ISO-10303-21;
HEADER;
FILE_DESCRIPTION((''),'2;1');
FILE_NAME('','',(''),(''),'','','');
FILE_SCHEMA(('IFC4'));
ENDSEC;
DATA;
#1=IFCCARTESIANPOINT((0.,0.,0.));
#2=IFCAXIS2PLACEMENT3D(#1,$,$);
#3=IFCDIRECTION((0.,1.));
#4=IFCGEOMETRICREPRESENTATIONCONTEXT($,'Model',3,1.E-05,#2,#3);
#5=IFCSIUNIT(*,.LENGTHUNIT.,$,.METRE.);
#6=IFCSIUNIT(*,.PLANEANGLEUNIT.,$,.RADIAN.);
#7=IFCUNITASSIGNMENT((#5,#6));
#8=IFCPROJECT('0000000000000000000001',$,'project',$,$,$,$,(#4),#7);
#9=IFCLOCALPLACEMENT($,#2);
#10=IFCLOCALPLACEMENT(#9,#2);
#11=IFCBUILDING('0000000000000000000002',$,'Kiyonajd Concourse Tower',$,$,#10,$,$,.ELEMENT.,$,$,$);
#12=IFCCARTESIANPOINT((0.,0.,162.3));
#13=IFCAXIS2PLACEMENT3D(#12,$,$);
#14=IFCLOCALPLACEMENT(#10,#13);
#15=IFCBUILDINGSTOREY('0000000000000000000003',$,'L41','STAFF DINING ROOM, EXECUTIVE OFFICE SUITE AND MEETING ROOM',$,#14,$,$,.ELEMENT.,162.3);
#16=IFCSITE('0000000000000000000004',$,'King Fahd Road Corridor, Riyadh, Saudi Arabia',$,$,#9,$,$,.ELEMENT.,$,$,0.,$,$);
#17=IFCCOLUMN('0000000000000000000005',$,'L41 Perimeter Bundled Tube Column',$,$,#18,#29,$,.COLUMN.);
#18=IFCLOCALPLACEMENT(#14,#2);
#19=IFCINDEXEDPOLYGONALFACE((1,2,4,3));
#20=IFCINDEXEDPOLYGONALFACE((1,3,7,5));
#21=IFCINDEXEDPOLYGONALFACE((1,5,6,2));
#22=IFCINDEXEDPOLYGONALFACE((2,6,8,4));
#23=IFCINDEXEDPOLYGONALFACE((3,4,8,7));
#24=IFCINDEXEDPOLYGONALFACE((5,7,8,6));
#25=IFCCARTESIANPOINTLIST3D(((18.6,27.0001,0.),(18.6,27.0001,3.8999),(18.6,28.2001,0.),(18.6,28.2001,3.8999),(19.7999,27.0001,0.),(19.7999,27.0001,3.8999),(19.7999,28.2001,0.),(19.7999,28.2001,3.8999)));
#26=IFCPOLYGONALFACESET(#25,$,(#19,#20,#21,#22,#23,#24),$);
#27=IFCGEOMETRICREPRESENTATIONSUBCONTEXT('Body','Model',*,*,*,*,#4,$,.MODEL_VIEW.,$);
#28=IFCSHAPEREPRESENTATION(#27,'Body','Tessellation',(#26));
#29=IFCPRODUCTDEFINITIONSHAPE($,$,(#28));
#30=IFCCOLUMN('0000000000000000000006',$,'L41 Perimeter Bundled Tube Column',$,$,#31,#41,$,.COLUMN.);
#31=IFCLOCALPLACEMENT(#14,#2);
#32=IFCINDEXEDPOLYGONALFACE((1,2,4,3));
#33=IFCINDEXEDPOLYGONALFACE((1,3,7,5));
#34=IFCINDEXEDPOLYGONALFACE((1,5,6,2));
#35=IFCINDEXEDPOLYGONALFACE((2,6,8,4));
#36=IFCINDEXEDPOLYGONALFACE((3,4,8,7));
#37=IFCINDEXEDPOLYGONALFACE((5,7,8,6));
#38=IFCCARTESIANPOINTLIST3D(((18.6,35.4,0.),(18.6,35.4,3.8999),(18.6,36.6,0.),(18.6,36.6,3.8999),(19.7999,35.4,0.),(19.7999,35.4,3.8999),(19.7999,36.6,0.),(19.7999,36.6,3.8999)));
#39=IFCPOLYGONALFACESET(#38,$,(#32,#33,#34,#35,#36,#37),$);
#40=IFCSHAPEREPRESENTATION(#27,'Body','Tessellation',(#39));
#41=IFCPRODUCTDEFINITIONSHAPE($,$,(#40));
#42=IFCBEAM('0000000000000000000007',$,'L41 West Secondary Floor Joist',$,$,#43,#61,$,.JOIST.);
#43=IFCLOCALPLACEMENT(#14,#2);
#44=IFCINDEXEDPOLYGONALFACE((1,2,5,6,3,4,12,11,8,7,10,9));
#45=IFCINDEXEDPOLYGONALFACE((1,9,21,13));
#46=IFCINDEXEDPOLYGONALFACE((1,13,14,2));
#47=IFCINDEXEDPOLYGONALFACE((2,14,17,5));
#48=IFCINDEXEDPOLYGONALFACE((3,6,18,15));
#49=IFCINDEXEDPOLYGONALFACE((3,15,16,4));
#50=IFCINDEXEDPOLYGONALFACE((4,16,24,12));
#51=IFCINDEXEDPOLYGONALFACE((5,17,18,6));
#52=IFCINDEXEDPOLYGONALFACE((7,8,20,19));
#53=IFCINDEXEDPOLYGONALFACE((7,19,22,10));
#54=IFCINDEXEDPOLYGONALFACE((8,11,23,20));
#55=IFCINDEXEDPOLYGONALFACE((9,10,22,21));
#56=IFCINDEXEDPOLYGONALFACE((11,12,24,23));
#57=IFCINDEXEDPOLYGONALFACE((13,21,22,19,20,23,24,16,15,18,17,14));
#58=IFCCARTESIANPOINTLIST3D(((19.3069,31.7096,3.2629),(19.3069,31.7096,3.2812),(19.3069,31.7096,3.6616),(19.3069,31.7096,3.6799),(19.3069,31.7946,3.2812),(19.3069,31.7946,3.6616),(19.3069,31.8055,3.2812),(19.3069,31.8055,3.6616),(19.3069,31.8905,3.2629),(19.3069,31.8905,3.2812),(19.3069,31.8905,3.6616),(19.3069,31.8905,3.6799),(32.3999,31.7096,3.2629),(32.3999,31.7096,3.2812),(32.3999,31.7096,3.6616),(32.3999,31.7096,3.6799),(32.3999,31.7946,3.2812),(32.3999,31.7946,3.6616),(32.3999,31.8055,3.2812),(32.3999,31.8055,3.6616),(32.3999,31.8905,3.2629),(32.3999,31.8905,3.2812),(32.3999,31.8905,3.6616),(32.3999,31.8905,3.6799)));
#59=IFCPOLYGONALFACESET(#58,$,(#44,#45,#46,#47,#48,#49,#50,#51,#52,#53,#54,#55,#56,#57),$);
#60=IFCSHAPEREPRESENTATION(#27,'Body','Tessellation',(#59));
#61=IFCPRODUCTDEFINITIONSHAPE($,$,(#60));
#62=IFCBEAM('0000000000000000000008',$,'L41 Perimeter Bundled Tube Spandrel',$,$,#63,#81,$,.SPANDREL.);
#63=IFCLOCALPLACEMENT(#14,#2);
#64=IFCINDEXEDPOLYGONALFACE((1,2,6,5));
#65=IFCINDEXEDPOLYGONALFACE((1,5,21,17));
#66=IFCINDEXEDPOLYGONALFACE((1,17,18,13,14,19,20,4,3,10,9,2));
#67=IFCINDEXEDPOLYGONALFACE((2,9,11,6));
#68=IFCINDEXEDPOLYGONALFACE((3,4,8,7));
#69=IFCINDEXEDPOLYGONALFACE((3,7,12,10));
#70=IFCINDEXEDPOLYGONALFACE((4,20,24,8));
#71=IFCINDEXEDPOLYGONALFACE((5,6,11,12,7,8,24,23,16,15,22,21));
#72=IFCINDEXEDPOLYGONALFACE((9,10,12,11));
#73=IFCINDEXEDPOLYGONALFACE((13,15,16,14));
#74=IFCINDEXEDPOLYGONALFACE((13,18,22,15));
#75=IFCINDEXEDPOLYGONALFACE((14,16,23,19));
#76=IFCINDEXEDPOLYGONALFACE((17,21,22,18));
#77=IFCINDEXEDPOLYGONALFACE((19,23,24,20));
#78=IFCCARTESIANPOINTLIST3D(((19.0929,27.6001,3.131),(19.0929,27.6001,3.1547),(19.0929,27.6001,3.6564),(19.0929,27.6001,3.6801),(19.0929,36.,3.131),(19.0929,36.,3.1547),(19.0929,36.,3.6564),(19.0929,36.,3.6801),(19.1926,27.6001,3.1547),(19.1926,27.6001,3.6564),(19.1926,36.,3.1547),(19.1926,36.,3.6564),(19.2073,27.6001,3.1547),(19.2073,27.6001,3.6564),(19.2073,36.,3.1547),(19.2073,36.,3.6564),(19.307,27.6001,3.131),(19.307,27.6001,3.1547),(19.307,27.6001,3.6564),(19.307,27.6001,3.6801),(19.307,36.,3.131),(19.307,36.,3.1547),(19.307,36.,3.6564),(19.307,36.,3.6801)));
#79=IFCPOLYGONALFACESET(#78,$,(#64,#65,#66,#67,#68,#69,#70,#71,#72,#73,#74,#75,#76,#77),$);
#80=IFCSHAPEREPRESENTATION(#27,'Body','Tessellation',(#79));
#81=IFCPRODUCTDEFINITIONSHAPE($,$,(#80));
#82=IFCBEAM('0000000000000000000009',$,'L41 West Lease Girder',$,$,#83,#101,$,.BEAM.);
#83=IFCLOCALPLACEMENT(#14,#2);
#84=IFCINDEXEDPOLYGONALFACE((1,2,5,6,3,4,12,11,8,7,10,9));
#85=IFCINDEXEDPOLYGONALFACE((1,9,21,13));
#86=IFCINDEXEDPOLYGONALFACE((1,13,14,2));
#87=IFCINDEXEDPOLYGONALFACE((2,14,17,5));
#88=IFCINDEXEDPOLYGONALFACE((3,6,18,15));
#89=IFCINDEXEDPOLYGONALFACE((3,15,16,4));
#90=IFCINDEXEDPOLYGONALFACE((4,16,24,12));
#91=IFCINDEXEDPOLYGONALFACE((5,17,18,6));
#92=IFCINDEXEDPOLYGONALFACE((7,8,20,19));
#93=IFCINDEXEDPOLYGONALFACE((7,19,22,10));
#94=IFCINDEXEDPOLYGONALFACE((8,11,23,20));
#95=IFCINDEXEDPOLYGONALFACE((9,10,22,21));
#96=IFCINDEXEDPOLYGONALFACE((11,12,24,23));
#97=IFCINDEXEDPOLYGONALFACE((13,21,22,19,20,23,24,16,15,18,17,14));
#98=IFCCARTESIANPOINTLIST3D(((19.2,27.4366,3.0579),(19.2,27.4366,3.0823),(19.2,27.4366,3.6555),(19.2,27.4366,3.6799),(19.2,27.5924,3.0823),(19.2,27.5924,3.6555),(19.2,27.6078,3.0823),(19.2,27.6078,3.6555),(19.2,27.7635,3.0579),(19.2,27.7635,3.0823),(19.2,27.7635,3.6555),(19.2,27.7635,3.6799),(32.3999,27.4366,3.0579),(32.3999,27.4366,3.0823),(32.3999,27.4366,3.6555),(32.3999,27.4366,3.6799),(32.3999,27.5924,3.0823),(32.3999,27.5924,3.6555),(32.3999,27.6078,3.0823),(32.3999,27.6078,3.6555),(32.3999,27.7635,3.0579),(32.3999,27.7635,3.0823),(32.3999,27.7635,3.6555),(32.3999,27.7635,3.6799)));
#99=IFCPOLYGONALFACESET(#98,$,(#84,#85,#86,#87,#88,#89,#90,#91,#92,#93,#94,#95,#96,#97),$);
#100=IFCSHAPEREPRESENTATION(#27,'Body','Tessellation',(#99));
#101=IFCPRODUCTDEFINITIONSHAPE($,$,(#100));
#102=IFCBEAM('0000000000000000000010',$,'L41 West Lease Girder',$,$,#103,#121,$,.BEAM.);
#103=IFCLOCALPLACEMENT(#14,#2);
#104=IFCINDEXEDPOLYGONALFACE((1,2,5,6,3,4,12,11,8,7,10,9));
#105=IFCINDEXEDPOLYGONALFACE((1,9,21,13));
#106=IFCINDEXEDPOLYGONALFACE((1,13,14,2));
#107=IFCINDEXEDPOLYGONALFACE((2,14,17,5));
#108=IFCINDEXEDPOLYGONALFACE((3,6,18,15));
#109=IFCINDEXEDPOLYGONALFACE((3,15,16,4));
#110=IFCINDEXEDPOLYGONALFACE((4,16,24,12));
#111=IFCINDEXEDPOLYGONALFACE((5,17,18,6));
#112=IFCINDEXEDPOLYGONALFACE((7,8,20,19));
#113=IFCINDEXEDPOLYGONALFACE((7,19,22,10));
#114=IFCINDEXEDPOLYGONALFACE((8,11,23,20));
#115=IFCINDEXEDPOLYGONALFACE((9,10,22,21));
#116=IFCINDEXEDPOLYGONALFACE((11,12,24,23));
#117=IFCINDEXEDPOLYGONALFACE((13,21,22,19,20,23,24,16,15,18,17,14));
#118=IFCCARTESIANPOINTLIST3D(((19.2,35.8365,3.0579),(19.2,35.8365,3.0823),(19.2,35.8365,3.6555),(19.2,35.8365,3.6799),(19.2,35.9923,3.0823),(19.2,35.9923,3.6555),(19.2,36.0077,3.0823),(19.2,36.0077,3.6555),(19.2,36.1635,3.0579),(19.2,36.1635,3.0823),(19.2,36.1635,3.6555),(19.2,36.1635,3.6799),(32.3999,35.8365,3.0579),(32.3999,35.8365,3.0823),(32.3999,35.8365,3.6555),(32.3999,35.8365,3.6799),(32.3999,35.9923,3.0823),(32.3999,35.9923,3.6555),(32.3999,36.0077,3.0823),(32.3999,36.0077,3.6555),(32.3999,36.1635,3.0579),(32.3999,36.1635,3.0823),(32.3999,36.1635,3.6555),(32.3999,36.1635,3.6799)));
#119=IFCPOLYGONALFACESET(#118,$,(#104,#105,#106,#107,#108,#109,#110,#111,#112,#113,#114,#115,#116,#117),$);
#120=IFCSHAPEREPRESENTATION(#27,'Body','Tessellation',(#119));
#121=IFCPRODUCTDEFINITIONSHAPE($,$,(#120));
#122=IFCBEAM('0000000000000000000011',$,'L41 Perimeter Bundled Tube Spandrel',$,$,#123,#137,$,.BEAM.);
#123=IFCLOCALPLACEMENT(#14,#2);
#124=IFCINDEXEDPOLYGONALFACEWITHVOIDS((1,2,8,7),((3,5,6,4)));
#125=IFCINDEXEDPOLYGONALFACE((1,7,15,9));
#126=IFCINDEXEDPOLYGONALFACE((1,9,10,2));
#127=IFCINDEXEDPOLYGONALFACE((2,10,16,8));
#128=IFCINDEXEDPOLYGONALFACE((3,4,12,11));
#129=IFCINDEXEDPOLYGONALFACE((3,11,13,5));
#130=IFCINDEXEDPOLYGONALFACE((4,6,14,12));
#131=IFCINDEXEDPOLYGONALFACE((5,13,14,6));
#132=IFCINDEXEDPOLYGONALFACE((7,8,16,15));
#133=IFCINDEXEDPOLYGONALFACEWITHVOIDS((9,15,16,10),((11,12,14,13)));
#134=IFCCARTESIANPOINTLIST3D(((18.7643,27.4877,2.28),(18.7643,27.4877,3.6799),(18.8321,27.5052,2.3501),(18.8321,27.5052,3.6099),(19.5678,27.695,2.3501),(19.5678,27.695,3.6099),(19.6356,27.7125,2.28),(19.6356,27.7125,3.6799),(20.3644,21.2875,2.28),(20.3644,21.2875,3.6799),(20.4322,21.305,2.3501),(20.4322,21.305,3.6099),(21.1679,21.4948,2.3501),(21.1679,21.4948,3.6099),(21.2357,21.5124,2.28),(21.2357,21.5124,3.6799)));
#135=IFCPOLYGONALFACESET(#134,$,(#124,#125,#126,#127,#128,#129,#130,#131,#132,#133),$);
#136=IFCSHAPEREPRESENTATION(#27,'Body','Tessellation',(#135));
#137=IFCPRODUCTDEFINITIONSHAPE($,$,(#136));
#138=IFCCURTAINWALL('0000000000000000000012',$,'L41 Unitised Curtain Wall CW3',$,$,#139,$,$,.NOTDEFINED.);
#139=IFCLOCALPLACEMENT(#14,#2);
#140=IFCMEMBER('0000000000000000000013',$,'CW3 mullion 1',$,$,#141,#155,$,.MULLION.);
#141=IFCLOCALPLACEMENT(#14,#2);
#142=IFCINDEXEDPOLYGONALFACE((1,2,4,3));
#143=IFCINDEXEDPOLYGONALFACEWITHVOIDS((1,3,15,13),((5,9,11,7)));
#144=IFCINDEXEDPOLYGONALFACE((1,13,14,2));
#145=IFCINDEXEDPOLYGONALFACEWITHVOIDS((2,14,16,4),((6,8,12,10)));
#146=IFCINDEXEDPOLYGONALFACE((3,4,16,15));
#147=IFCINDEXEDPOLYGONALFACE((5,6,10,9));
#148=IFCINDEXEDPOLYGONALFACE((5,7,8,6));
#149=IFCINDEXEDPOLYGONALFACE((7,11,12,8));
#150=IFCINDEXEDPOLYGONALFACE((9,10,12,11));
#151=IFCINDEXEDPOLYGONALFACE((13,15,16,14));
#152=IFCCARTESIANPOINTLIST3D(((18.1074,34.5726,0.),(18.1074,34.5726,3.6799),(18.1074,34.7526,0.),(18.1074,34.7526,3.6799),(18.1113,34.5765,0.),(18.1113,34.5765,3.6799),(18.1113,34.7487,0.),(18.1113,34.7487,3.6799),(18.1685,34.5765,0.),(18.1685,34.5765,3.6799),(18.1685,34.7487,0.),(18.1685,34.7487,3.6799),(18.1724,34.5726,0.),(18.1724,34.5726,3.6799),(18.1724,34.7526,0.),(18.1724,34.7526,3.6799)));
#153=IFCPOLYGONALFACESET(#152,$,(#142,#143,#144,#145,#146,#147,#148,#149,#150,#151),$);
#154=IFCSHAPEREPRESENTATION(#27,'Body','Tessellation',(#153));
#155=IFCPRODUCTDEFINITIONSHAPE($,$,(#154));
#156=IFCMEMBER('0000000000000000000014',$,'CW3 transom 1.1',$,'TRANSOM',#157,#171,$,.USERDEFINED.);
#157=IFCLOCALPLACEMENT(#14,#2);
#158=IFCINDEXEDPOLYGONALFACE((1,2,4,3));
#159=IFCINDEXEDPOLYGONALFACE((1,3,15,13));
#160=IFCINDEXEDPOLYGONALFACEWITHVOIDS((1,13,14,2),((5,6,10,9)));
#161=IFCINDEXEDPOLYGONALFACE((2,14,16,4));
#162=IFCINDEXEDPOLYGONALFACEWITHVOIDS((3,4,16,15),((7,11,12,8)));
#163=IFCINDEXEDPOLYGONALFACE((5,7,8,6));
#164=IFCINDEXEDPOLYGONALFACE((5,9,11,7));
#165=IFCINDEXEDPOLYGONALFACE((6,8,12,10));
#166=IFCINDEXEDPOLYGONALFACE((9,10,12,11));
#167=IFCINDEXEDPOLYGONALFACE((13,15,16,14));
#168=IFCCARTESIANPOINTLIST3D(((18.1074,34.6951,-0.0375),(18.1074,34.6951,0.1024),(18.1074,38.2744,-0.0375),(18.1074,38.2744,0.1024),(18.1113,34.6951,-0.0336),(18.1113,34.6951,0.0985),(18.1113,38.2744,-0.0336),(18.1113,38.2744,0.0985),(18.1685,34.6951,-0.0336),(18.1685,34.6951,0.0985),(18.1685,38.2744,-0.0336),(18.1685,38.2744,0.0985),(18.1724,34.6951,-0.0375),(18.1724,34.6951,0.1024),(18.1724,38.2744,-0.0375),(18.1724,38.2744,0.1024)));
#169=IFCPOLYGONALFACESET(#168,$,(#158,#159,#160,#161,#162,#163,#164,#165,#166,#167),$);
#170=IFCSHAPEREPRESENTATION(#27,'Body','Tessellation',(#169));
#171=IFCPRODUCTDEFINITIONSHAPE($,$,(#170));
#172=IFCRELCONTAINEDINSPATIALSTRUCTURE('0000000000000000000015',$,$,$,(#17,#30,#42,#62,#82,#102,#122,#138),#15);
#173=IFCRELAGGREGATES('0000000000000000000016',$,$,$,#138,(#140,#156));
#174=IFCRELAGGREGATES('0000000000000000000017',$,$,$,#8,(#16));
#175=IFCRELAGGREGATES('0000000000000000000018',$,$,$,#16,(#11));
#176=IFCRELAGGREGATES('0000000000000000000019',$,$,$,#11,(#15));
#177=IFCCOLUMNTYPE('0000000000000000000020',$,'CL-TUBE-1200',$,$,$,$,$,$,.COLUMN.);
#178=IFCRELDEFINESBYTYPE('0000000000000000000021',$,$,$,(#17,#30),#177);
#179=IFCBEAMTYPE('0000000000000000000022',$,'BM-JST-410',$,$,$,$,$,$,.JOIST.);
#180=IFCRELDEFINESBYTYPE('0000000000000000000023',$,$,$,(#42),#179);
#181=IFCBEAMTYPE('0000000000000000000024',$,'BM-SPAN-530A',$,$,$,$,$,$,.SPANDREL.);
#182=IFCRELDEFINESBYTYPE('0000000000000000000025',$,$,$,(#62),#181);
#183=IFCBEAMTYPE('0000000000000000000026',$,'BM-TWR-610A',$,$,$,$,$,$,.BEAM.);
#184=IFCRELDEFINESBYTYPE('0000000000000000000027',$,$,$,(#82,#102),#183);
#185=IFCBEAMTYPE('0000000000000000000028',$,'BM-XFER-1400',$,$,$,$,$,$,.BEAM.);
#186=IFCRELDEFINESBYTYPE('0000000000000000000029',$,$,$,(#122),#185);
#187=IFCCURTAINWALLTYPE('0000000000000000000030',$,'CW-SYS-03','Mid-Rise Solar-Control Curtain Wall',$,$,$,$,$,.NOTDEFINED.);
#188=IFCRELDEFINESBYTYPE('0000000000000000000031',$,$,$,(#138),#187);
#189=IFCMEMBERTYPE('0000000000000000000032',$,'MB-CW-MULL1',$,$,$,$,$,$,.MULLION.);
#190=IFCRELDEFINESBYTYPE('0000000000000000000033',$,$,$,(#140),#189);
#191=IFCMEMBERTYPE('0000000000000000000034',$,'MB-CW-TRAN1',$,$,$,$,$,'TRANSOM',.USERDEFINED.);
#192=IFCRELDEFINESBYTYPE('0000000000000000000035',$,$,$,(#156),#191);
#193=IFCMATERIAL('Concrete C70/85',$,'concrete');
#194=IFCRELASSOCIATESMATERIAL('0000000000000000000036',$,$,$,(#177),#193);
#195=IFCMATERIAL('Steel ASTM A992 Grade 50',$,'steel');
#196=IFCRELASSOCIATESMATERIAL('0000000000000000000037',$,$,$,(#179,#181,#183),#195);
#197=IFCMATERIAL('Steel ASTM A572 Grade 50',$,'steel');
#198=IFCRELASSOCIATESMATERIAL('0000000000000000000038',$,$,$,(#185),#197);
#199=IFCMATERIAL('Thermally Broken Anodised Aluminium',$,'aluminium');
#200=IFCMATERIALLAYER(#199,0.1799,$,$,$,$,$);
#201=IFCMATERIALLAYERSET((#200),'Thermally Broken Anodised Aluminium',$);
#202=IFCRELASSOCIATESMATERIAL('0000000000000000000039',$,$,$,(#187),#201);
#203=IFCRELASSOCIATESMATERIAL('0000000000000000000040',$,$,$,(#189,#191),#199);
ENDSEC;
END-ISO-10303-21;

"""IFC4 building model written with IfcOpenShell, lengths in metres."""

from ifc_helpers import new_model, si_unit, direction, frame, origin, origin_2d, place, context, subcontext, project, spatial, rectangle, hollow_rectangle, i_section, extrude, material, layer, layer_set, material_profile, profile_set, type_object, element, aggregate, save


model = new_model("IFC4")

# Units and contexts
model_context = context("Model", 3, precision=1e-05, world=origin(), true_north=direction((0.0, 1.0)))
body_context = subcontext(model_context, "Body", "Model", "MODEL_VIEW")
ifc_project = project(units=[si_unit("LENGTHUNIT", "METRE"), si_unit("PLANEANGLEUNIT", "RADIAN")], contexts=[model_context])

# Site, building, storey
site_placement = place(None, origin())
site = spatial("IfcSite", under=ifc_project, at=site_placement, Name="King Fahd Road Corridor, Riyadh, Saudi Arabia", CompositionType="ELEMENT", RefElevation=0.0)
building_placement = place(site_placement, origin())
building = spatial("IfcBuilding", under=site, at=building_placement, Name="Kiyonajd Concourse Tower", CompositionType="ELEMENT")
storey_placement = place(building_placement, frame((0.0, 0.0, 162.3)))
storey = spatial("IfcBuildingStorey", under=building, at=storey_placement, Name="L41", Description="STAFF DINING ROOM, EXECUTIVE OFFICE SUITE AND MEETING ROOM", CompositionType="ELEMENT", Elevation=162.3)

# Columns
ifc_material_1 = material(Name="Concrete C70/85", Category="concrete")
ifc_material_profile_1 = material_profile(ifc_material_1, rectangle(XDim=1.2, YDim=1.2, at=origin_2d()), Name="RC-1200x1200")
ifc_profile_set_1 = profile_set([ifc_material_profile_1], Name="Concrete C70/85")
column_type = type_object("IfcColumnType", Name="CL-TUBE-1200", PredefinedType="COLUMN", material=ifc_profile_set_1)
for number, where, z_axis, x_axis, name in (
    (1, (19.2, 27.6001, 0.0), (0.0, 0.0, 1.0), (1.0, 0.0, 0.0), "L41 Perimeter Bundled Tube Column"),
    (2, (19.2, 36.0, 0.0), (0.0, 0.0, 1.0), (1.0, 0.0, 0.0), "L41 Perimeter Bundled Tube Column"),
):
    element("IfcColumn", number, at=place(storey_placement, frame(where, z_axis=z_axis, x_axis=x_axis)), inside=storey, type_object=column_type, Name=name, PredefinedType="COLUMN", context=body_context, shape_type="SweptSolid", body=[
        extrude(rectangle(XDim=1.2, YDim=1.2, at=origin_2d()), origin(), (0.0, 0.0, 1.0), 3.8999),
    ])

# Beams
ifc_material_2 = material(Name="Steel ASTM A992 Grade 50", Category="steel")
ifc_material_profile_2 = material_profile(ifc_material_2, i_section(OverallWidth=0.1809, OverallDepth=0.417, WebThickness=0.011, FlangeThickness=0.0183, at=origin_2d()), Name="W410X85")
ifc_profile_set_2 = profile_set([ifc_material_profile_2], Name="Steel ASTM A992 Grade 50")
beam_type_1 = type_object("IfcBeamType", Name="BM-JST-410", PredefinedType="JOIST", material=ifc_profile_set_2)
beam_1_placement = place(storey_placement, frame((19.3069, 31.8, 3.4714), z_axis=(1.0, 0.0, 0.0), x_axis=(0.0, 1.0, 0.0)))
element("IfcBeam", 3, at=beam_1_placement, inside=storey, type_object=beam_type_1, Name="L41 West Secondary Floor Joist", PredefinedType="JOIST", context=body_context, shape_type="SweptSolid", body=[
    extrude(i_section(OverallWidth=0.1809, OverallDepth=0.417, WebThickness=0.011, FlangeThickness=0.0183, at=origin_2d()), origin(), (0.0, 0.0, 1.0), 13.093),
])
ifc_material_profile_3 = material_profile(ifc_material_2, i_section(OverallWidth=0.2141, OverallDepth=0.5491, WebThickness=0.0146, FlangeThickness=0.0237, at=origin_2d()), Name="W530X138")
ifc_profile_set_3 = profile_set([ifc_material_profile_3], Name="Steel ASTM A992 Grade 50")
beam_type_2 = type_object("IfcBeamType", Name="BM-SPAN-530A", PredefinedType="SPANDREL", material=ifc_profile_set_3)
beam_2_placement = place(storey_placement, frame((19.2, 36.0, 3.4055), z_axis=(0.0, -1.0, 0.0), x_axis=(1.0, 0.0, 0.0)))
element("IfcBeam", 4, at=beam_2_placement, inside=storey, type_object=beam_type_2, Name="L41 Perimeter Bundled Tube Spandrel", PredefinedType="SPANDREL", context=body_context, shape_type="SweptSolid", body=[
    extrude(i_section(OverallWidth=0.2141, OverallDepth=0.5491, WebThickness=0.0146, FlangeThickness=0.0237, at=origin_2d()), origin(), (0.0, 0.0, 1.0), 8.3999),
])
ifc_material_profile_4 = material_profile(ifc_material_2, i_section(OverallWidth=0.3269, OverallDepth=0.6221, WebThickness=0.0154, FlangeThickness=0.0244, at=origin_2d()), Name="W610X195")
ifc_profile_set_4 = profile_set([ifc_material_profile_4], Name="Steel ASTM A992 Grade 50")
beam_type_3 = type_object("IfcBeamType", Name="BM-TWR-610A", PredefinedType="BEAM", material=ifc_profile_set_4)
for number, where, z_axis, x_axis, name in (
    (5, (19.2, 27.6001, 3.3689), (1.0, 0.0, 0.0), (0.0, 1.0, 0.0), "L41 West Lease Girder"),
    (6, (19.2, 36.0, 3.3689), (1.0, 0.0, 0.0), (0.0, 1.0, 0.0), "L41 West Lease Girder"),
):
    element("IfcBeam", number, at=place(storey_placement, frame(where, z_axis=z_axis, x_axis=x_axis)), inside=storey, type_object=beam_type_3, Name=name, PredefinedType="BEAM", context=body_context, shape_type="SweptSolid", body=[
        extrude(i_section(OverallWidth=0.3269, OverallDepth=0.6221, WebThickness=0.0154, FlangeThickness=0.0244, at=origin_2d()), origin(), (0.0, 0.0, 1.0), 13.2),
    ])
ifc_material_3 = material(Name="Steel ASTM A572 Grade 50", Category="steel")
ifc_material_profile_5 = material_profile(ifc_material_3, hollow_rectangle(XDim=0.8999, YDim=1.3999, WallThickness=0.0701, at=origin_2d()), Name="BOX-1400x900x70")
ifc_profile_set_5 = profile_set([ifc_material_profile_5], Name="Steel ASTM A572 Grade 50")
beam_type_4 = type_object("IfcBeamType", Name="BM-XFER-1400", PredefinedType="BEAM", material=ifc_profile_set_5)
beam_3_placement = place(storey_placement, frame((19.2, 27.6001, 2.98), z_axis=(0.249885, -0.968276, 0.0), x_axis=(0.968276, 0.249885, 0.0)))
element("IfcBeam", 7, at=beam_3_placement, inside=storey, type_object=beam_type_4, Name="L41 Perimeter Bundled Tube Spandrel", PredefinedType="BEAM", context=body_context, shape_type="SweptSolid", body=[
    extrude(hollow_rectangle(XDim=0.8999, YDim=1.3999, WallThickness=0.0701, at=origin_2d()), origin(), (0.0, 0.0, 1.0), 6.4033),
])

# Curtain wall, members
ifc_material_4 = material(Name="Thermally Broken Anodised Aluminium", Category="aluminium")
ifc_layer_1 = layer(ifc_material_4, 0.1799)
ifc_layer_set_1 = layer_set([ifc_layer_1], Name="Thermally Broken Anodised Aluminium")
curtain_wall_type = type_object("IfcCurtainWallType", Name="CW-SYS-03", Description="Mid-Rise Solar-Control Curtain Wall", PredefinedType="NOTDEFINED", material=ifc_layer_set_1)
curtain_wall_placement = place(storey_placement, origin())
curtain_wall = element("IfcCurtainWall", 8, at=curtain_wall_placement, inside=storey, type_object=curtain_wall_type, Name="L41 Unitised Curtain Wall CW3", PredefinedType="NOTDEFINED")
ifc_material_profile_6 = material_profile(ifc_material_4, hollow_rectangle(XDim=0.0649, YDim=0.1799, WallThickness=0.0039, at=origin_2d()), Name="MULL-65x180")
ifc_profile_set_6 = profile_set([ifc_material_profile_6], Name="Thermally Broken Anodised Aluminium")
member_type_1 = type_object("IfcMemberType", Name="MB-CW-MULL1", PredefinedType="MULLION", material=ifc_profile_set_6)
member_1_placement = place(storey_placement, frame((18.1399, 34.6626, 0.0), z_axis=(0.0, 0.0, 1.0), x_axis=(-1.0, 0.0, 0.0)))
member_1 = element("IfcMember", 9, at=member_1_placement, type_object=member_type_1, Name="CW3 mullion 1", PredefinedType="MULLION", context=body_context, shape_type="SweptSolid", body=[
    extrude(hollow_rectangle(XDim=0.0649, YDim=0.1799, WallThickness=0.0039, at=origin_2d()), origin(), (0.0, 0.0, 1.0), 3.6799),
])
ifc_material_profile_7 = material_profile(ifc_material_4, hollow_rectangle(XDim=0.0649, YDim=0.1399, WallThickness=0.0039, at=origin_2d()), Name="TRAN-65x140")
ifc_profile_set_7 = profile_set([ifc_material_profile_7], Name="Thermally Broken Anodised Aluminium")
member_type_2 = type_object("IfcMemberType", Name="MB-CW-TRAN1", ElementType="TRANSOM", PredefinedType="USERDEFINED", material=ifc_profile_set_7)
member_2_placement = place(storey_placement, frame((18.1399, 34.6951, 0.0325), z_axis=(0.0, 1.0, 0.0), x_axis=(-1.0, 0.0, 0.0)))
member_2 = element("IfcMember", 10, at=member_2_placement, type_object=member_type_2, Name="CW3 transom 1.1", ObjectType="TRANSOM", PredefinedType="USERDEFINED", context=body_context, shape_type="SweptSolid", body=[
    extrude(hollow_rectangle(XDim=0.0649, YDim=0.1399, WallThickness=0.0039, at=origin_2d()), origin(), (0.0, 0.0, 1.0), 3.5793),
])

aggregate(curtain_wall, [member_1, member_2])

save(model, "model.ifc")
